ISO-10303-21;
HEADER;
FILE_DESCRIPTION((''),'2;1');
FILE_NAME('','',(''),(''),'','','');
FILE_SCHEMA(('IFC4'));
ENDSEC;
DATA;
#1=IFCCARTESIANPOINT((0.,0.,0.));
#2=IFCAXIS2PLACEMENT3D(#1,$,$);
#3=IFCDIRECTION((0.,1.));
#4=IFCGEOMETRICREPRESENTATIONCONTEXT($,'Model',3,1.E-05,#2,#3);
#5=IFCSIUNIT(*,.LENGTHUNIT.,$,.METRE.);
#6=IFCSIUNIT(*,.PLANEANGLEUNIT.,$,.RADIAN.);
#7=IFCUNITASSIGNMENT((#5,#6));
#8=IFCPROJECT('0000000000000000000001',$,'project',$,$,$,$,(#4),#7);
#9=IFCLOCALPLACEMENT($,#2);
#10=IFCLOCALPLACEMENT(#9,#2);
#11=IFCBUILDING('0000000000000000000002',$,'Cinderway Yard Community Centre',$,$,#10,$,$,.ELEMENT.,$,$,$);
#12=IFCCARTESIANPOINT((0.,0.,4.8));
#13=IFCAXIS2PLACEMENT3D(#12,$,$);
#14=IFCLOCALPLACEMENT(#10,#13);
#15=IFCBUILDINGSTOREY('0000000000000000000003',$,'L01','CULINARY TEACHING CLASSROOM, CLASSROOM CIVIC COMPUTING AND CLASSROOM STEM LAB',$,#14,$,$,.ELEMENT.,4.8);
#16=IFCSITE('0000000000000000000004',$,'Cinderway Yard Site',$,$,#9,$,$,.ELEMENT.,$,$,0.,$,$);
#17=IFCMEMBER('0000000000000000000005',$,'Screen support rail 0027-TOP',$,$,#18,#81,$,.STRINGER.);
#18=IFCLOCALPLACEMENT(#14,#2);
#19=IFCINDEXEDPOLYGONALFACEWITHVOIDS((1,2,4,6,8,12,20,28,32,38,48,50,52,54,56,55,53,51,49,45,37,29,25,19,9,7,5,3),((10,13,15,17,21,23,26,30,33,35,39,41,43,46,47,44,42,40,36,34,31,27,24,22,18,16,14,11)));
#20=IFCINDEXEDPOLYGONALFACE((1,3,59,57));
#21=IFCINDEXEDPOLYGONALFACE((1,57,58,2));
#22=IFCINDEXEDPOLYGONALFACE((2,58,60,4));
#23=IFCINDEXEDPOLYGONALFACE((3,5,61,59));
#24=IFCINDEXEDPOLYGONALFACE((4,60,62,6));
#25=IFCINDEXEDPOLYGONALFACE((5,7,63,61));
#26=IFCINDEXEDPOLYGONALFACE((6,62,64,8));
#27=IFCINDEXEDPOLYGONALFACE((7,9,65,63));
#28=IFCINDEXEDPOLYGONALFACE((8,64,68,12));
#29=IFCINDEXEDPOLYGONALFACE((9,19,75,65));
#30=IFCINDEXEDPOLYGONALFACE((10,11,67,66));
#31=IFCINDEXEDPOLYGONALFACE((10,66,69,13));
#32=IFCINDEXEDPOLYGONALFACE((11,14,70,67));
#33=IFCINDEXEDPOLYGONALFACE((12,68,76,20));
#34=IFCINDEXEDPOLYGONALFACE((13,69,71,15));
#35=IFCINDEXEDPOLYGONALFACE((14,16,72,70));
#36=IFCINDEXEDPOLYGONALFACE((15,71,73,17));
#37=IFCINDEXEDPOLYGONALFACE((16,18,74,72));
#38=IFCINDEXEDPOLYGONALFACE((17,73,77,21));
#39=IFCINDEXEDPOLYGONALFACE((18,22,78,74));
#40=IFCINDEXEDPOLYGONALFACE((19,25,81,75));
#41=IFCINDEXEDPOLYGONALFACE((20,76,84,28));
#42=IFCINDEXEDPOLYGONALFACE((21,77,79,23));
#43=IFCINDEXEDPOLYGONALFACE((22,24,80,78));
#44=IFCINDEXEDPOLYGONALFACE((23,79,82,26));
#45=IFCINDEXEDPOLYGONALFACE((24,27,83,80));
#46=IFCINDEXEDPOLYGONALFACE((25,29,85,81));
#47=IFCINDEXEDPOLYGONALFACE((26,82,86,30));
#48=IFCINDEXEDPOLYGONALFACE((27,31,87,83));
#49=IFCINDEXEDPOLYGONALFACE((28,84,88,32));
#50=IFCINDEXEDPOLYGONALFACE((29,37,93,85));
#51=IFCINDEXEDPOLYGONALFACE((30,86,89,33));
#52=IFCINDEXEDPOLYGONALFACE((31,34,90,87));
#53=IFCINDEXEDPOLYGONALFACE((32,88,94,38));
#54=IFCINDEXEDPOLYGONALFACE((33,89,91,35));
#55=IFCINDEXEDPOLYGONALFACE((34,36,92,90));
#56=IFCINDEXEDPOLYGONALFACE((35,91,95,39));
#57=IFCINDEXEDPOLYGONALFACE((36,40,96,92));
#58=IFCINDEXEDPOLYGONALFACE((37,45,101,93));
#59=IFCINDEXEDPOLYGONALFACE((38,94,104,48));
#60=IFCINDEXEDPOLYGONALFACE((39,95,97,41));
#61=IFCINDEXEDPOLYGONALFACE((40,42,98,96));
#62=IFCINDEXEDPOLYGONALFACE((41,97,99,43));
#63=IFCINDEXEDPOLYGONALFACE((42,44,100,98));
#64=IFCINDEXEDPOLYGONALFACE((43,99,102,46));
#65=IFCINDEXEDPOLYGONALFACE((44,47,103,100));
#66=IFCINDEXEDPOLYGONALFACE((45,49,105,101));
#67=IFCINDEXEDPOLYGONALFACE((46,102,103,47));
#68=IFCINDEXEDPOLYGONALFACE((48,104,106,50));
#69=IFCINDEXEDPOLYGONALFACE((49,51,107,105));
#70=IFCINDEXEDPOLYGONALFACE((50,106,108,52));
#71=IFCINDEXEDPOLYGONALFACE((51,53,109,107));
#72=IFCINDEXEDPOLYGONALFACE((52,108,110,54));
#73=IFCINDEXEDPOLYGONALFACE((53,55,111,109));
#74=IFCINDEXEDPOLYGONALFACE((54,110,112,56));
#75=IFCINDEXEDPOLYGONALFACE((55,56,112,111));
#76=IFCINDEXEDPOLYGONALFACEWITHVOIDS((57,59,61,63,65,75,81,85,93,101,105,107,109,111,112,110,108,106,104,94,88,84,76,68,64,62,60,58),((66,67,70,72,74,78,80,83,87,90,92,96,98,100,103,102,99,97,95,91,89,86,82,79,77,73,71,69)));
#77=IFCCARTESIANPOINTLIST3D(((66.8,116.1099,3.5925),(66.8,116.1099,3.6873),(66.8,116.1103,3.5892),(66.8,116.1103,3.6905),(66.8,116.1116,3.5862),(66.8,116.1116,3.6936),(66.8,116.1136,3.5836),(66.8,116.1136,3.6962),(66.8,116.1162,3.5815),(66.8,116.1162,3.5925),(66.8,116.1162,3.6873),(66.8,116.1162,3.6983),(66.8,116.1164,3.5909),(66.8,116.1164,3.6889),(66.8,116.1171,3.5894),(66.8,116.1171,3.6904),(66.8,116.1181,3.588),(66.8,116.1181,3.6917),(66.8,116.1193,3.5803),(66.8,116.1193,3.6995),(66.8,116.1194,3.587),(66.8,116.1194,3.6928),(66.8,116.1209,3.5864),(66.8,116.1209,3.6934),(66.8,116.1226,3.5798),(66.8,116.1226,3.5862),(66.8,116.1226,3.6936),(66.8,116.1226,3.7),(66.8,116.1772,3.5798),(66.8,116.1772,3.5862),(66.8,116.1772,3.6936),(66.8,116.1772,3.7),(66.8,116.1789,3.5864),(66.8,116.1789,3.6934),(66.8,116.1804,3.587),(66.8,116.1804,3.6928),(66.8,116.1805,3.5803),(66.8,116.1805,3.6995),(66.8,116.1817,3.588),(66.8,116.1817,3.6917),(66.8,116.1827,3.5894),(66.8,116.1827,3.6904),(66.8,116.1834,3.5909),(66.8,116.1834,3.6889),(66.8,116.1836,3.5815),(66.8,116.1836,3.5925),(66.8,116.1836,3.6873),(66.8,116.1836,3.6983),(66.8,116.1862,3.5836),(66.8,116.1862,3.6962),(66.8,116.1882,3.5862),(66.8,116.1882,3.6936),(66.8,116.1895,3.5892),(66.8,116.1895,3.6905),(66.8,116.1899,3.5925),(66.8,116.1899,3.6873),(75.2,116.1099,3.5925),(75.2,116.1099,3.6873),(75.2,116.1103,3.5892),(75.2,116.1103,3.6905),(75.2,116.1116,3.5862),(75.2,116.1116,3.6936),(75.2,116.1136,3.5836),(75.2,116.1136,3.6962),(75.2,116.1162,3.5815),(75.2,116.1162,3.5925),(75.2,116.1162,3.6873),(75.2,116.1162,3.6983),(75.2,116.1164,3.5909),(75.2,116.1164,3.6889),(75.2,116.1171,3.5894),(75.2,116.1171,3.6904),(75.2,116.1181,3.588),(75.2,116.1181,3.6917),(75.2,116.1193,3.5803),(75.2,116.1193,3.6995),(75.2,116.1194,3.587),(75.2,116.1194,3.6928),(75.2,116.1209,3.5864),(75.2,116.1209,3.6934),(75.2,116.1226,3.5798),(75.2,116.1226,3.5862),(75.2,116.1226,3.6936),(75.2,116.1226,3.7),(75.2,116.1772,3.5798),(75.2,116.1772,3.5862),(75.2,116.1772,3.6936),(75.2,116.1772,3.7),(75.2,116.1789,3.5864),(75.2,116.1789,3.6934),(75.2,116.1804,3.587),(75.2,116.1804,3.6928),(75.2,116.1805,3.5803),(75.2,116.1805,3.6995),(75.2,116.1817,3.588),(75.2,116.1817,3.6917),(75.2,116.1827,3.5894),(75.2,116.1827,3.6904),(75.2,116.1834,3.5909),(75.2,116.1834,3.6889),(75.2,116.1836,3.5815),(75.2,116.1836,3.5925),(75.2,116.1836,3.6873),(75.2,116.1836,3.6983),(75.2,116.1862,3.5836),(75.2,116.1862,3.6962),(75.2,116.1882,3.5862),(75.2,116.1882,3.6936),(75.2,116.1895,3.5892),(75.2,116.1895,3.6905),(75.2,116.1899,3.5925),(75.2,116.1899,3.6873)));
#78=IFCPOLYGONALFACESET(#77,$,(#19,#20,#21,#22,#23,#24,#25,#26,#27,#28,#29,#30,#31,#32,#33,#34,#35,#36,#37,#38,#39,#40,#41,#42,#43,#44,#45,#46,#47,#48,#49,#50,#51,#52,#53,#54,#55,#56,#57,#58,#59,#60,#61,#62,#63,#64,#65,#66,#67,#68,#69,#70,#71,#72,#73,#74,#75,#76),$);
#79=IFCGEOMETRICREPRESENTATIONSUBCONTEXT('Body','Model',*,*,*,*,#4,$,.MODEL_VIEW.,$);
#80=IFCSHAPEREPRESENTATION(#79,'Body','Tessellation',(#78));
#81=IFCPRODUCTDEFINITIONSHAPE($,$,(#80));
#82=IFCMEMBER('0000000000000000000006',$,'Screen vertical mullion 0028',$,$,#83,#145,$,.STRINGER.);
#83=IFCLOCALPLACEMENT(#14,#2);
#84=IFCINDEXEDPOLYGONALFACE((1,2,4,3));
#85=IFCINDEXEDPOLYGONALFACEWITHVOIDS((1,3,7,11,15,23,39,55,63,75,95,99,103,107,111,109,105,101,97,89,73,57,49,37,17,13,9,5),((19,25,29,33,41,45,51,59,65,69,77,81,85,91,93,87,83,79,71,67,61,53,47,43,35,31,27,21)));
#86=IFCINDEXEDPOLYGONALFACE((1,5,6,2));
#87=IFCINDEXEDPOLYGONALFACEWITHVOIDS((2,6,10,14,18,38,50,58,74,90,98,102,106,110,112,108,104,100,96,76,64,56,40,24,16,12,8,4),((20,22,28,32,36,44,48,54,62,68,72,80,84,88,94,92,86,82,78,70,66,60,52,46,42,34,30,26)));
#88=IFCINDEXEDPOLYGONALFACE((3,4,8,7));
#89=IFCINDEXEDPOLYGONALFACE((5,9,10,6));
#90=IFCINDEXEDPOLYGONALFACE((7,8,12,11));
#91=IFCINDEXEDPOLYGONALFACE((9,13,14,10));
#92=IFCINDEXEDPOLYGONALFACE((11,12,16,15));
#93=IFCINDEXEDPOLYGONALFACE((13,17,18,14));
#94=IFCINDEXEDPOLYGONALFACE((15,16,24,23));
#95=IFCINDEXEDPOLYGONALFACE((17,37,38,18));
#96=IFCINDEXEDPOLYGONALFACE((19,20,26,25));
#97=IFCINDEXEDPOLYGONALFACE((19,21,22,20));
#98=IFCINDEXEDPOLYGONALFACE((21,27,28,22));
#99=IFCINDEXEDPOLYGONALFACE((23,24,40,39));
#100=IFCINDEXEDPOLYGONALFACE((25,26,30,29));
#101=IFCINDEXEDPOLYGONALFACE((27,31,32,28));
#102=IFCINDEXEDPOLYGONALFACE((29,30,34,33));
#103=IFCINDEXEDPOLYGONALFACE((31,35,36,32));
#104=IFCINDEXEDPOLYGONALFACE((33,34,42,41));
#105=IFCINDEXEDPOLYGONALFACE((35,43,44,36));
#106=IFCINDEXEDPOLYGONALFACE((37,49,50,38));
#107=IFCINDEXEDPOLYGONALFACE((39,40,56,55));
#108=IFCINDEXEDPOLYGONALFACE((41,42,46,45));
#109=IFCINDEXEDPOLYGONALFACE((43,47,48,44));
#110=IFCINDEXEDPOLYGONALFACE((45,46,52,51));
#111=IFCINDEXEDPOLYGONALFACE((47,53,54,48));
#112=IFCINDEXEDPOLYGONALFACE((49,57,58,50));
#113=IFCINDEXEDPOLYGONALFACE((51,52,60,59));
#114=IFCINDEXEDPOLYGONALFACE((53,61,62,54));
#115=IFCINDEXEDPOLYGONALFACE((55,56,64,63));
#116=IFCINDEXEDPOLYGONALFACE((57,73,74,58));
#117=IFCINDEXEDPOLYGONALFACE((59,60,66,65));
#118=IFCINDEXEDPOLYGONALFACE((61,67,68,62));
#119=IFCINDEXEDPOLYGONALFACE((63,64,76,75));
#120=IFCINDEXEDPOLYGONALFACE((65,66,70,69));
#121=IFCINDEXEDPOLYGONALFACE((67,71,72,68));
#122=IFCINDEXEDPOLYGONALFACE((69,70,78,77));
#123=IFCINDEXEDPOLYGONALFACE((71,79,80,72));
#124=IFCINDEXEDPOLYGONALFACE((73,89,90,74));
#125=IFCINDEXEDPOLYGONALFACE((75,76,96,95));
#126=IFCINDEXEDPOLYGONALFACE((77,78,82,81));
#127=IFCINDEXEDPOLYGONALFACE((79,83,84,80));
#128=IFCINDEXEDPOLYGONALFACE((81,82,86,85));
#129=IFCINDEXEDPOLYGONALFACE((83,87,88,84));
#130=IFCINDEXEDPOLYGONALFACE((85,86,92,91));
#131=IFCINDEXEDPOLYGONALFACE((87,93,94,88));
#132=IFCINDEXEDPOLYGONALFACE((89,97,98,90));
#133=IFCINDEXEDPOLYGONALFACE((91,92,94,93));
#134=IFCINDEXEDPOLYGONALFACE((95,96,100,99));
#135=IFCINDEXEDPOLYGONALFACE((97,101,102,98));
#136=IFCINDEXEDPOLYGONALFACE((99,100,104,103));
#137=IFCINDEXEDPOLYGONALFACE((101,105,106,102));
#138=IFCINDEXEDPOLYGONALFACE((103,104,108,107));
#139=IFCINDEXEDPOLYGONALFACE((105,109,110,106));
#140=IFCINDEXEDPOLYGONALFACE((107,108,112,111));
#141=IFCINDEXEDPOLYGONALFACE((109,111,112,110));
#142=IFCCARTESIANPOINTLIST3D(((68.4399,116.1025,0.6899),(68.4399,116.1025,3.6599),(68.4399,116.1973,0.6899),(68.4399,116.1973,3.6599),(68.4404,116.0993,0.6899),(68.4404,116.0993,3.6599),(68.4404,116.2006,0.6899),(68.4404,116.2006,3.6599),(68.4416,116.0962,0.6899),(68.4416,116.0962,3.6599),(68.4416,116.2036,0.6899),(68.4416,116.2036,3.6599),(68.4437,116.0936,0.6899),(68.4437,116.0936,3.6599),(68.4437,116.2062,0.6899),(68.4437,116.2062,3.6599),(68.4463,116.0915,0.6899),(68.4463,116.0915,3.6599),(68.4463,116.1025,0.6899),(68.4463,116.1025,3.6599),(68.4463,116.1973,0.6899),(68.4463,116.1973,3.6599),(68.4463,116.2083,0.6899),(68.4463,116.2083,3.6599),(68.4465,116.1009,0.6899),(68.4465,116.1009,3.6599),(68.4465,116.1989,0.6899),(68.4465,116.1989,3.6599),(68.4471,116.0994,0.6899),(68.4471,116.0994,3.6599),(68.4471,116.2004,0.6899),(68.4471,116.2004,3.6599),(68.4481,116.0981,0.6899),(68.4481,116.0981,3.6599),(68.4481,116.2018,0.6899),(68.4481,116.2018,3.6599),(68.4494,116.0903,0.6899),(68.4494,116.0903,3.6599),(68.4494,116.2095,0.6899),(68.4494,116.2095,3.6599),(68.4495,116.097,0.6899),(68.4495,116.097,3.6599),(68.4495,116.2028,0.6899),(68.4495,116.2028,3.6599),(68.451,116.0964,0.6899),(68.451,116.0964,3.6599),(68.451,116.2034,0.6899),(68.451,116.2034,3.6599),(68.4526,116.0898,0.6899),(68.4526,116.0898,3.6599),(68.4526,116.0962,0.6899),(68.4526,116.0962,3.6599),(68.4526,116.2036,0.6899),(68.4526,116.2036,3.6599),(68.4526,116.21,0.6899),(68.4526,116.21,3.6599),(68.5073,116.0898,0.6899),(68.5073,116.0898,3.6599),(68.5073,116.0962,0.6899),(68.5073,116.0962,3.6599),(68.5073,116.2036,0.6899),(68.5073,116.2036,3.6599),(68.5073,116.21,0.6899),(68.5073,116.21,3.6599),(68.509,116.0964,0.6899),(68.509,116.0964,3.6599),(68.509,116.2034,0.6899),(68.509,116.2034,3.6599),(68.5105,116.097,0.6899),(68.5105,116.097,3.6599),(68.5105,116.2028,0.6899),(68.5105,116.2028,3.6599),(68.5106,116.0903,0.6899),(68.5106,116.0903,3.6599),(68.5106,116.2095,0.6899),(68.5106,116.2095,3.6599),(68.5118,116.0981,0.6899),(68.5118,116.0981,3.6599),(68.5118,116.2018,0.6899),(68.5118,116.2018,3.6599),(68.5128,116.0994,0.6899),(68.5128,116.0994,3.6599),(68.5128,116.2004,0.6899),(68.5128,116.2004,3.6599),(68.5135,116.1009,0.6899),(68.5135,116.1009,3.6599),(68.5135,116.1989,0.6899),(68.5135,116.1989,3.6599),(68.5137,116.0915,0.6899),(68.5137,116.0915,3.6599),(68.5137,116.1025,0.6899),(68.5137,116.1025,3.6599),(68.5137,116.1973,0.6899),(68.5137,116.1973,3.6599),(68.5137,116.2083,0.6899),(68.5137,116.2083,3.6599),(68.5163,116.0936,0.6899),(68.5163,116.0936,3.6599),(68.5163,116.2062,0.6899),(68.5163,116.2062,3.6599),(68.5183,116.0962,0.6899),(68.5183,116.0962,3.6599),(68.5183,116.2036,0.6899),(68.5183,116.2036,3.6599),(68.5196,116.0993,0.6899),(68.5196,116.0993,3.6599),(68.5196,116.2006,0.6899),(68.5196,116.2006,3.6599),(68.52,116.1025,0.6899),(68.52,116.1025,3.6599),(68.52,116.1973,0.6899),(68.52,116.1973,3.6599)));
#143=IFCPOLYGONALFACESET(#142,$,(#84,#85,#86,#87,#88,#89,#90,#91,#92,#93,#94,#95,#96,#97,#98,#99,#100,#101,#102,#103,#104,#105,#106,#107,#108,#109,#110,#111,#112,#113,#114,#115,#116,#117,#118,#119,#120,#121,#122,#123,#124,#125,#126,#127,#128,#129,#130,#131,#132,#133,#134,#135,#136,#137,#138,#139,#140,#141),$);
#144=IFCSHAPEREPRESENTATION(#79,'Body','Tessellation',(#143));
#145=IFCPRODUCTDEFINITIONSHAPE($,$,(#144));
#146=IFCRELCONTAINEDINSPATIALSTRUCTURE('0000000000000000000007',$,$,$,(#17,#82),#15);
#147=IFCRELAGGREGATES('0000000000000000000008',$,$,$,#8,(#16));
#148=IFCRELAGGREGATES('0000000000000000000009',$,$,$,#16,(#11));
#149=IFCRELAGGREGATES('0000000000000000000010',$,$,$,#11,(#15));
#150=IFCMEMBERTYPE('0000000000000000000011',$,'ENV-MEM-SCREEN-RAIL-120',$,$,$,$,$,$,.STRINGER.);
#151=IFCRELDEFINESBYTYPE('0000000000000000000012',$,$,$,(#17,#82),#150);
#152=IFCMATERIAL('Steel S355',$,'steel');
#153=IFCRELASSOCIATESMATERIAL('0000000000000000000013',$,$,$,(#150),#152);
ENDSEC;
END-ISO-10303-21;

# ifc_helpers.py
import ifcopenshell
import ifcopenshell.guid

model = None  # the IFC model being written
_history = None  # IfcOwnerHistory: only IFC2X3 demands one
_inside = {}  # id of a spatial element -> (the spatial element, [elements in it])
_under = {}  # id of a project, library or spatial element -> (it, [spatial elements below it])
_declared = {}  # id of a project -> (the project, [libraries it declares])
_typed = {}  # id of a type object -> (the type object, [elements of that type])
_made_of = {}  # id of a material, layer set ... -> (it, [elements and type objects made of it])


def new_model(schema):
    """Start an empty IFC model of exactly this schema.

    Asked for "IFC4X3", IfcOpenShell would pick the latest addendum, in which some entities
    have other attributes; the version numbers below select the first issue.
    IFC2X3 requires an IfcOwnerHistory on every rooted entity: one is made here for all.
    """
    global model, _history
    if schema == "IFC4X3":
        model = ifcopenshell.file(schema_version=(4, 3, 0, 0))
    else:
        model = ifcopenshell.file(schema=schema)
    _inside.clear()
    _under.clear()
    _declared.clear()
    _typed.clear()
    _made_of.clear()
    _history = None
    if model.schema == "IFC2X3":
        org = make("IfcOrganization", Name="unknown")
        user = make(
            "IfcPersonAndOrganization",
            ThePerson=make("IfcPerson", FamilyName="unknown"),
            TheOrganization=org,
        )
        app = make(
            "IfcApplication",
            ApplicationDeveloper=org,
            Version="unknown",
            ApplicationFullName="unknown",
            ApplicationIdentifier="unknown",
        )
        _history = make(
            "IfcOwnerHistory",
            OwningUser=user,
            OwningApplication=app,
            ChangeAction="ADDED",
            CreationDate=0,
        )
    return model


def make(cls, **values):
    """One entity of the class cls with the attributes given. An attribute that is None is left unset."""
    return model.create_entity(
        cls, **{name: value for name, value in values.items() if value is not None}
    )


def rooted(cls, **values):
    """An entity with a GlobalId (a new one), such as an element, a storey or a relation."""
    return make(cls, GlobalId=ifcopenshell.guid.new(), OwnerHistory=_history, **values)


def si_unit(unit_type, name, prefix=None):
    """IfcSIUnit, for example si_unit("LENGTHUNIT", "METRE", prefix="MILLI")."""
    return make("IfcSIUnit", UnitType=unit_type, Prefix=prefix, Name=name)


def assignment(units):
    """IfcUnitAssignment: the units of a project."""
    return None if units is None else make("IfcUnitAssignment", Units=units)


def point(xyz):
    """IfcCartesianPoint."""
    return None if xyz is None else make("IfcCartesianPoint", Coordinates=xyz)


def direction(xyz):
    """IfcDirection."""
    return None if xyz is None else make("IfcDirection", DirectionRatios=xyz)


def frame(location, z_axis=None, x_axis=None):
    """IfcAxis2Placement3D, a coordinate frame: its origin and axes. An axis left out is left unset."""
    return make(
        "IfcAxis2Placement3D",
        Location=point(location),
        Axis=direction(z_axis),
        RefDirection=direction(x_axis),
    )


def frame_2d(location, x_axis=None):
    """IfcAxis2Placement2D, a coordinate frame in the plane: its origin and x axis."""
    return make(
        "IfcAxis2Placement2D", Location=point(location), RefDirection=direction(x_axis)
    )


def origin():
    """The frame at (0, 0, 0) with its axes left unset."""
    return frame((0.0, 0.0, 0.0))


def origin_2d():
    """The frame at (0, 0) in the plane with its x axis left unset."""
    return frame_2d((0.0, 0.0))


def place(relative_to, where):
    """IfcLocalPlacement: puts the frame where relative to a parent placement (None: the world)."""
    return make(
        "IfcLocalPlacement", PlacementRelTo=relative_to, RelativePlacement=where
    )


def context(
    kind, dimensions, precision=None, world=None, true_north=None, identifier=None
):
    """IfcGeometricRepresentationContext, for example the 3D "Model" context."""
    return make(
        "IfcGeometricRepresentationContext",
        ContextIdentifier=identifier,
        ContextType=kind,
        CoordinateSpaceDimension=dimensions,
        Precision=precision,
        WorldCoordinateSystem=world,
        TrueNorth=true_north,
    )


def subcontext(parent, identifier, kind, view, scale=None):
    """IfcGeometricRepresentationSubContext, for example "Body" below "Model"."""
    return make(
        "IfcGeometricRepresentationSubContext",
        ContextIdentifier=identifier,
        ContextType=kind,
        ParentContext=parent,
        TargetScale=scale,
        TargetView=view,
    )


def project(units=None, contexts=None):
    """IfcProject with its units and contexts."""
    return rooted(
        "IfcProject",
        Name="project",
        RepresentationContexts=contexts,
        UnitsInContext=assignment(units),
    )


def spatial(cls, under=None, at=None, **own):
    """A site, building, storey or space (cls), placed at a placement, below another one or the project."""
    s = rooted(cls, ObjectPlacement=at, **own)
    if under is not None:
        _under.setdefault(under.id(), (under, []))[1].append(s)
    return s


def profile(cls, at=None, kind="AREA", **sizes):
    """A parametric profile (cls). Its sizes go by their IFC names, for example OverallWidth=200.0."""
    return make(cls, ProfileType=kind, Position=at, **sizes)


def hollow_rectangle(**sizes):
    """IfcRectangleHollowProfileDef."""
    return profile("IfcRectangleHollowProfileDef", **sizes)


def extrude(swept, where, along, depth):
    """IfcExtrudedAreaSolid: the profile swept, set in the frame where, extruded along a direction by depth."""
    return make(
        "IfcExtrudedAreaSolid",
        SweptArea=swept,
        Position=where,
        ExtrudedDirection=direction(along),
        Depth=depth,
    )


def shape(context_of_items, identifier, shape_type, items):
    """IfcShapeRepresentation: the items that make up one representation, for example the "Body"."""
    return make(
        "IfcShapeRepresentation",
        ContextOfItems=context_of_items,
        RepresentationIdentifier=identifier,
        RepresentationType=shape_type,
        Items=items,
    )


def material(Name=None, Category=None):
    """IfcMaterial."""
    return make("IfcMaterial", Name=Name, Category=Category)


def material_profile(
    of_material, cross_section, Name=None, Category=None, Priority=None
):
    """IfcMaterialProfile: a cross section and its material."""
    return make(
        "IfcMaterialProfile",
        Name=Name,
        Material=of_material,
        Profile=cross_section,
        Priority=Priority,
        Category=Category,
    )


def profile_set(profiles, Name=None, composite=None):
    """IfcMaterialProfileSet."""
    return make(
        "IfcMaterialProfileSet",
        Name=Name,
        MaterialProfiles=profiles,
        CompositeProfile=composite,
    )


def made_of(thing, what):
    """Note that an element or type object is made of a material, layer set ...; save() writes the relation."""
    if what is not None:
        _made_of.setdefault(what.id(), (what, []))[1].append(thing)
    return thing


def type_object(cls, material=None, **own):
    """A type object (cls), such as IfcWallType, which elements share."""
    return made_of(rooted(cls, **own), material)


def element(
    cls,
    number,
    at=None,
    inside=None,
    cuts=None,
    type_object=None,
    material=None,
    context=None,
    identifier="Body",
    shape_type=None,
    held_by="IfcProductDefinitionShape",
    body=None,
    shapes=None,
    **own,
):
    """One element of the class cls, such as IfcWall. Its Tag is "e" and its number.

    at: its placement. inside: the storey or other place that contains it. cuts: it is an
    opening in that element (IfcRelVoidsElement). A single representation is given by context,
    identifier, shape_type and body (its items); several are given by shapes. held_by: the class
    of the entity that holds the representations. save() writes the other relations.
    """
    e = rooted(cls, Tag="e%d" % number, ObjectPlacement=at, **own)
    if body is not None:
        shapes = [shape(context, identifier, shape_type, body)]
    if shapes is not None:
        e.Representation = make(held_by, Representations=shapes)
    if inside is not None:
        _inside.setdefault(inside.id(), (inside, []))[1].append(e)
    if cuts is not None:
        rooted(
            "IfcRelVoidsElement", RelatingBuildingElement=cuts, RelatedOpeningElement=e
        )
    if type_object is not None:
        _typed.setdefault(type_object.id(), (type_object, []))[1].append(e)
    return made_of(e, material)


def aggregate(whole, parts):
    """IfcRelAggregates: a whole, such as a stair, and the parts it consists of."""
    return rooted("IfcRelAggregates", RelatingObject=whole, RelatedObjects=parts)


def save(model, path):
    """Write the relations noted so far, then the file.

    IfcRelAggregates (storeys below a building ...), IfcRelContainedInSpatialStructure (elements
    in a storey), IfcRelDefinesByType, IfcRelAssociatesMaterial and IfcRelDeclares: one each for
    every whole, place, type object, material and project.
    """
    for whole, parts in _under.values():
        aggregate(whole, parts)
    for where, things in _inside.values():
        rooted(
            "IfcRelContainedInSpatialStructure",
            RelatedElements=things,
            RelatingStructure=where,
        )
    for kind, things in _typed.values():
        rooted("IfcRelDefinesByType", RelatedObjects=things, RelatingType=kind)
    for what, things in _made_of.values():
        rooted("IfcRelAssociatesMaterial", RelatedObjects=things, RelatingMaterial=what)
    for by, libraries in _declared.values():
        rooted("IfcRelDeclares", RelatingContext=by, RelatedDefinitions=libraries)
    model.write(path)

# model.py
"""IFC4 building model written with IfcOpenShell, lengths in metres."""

from ifc_helpers import new_model, si_unit, direction, frame, origin, origin_2d, place, context, subcontext, project, spatial, hollow_rectangle, extrude, material, material_profile, profile_set, type_object, element, save


model = new_model("IFC4")

# Units and contexts
model_context = context("Model", 3, precision=1e-05, world=origin(), true_north=direction((0.0, 1.0)))
body_context = subcontext(model_context, "Body", "Model", "MODEL_VIEW")
ifc_project = project(units=[si_unit("LENGTHUNIT", "METRE"), si_unit("PLANEANGLEUNIT", "RADIAN")], contexts=[model_context])

# Site, building, storey
site_placement = place(None, origin())
site = spatial("IfcSite", under=ifc_project, at=site_placement, Name="Cinderway Yard Site", CompositionType="ELEMENT", RefElevation=0.0)
building_placement = place(site_placement, origin())
building = spatial("IfcBuilding", under=site, at=building_placement, Name="Cinderway Yard Community Centre", CompositionType="ELEMENT")
storey_placement = place(building_placement, frame((0.0, 0.0, 4.8)))
storey = spatial("IfcBuildingStorey", under=building, at=storey_placement, Name="L01", Description="CULINARY TEACHING CLASSROOM, CLASSROOM CIVIC COMPUTING AND CLASSROOM STEM LAB", CompositionType="ELEMENT", Elevation=4.8)

# Members
ifc_material_1 = material(Name="Steel S355", Category="steel")
ifc_material_profile_1 = material_profile(ifc_material_1, hollow_rectangle(XDim=0.0801, YDim=0.1201, WallThickness=0.0063, InnerFilletRadius=0.0063, OuterFilletRadius=0.0127, at=origin_2d()), Name="Steel S355")
ifc_profile_set_1 = profile_set([ifc_material_profile_1], Name="Steel S355")
member_type_1 = type_object("IfcMemberType", Name="ENV-MEM-SCREEN-RAIL-120", PredefinedType="STRINGER", material=ifc_profile_set_1)
for number, where, z_axis, x_axis, name in (
    (1, (66.8, 116.1499, 3.6399), (1.0, 0.0, 0.0), (0.0, 1.0, 0.0), "Screen support rail 0027-TOP"),
):
    element("IfcMember", number, at=place(storey_placement, frame(where, z_axis=z_axis, x_axis=x_axis)), inside=storey, type_object=member_type_1, Name=name, PredefinedType="STRINGER", context=body_context, shape_type="SweptSolid", body=[
        extrude(hollow_rectangle(XDim=0.0801, YDim=0.1201, WallThickness=0.0063, InnerFilletRadius=0.0063, OuterFilletRadius=0.0127, at=origin_2d()), origin(), (0.0, 0.0, 1.0), 8.3999),
    ])
for number, where, z_axis, x_axis, name in (
    (2, (68.48, 116.1499, 0.6899), (0.0, 0.0, 1.0), (1.0, 0.0, 0.0), "Screen vertical mullion 0028"),
):
    element("IfcMember", number, at=place(storey_placement, frame(where, z_axis=z_axis, x_axis=x_axis)), inside=storey, type_object=member_type_1, Name=name, PredefinedType="STRINGER", context=body_context, shape_type="SweptSolid", body=[
        extrude(hollow_rectangle(XDim=0.0801, YDim=0.1201, WallThickness=0.0063, InnerFilletRadius=0.0063, OuterFilletRadius=0.0127, at=origin_2d()), origin(), (0.0, 0.0, 1.0), 2.97),
    ])

save(model, "model.ifc")
